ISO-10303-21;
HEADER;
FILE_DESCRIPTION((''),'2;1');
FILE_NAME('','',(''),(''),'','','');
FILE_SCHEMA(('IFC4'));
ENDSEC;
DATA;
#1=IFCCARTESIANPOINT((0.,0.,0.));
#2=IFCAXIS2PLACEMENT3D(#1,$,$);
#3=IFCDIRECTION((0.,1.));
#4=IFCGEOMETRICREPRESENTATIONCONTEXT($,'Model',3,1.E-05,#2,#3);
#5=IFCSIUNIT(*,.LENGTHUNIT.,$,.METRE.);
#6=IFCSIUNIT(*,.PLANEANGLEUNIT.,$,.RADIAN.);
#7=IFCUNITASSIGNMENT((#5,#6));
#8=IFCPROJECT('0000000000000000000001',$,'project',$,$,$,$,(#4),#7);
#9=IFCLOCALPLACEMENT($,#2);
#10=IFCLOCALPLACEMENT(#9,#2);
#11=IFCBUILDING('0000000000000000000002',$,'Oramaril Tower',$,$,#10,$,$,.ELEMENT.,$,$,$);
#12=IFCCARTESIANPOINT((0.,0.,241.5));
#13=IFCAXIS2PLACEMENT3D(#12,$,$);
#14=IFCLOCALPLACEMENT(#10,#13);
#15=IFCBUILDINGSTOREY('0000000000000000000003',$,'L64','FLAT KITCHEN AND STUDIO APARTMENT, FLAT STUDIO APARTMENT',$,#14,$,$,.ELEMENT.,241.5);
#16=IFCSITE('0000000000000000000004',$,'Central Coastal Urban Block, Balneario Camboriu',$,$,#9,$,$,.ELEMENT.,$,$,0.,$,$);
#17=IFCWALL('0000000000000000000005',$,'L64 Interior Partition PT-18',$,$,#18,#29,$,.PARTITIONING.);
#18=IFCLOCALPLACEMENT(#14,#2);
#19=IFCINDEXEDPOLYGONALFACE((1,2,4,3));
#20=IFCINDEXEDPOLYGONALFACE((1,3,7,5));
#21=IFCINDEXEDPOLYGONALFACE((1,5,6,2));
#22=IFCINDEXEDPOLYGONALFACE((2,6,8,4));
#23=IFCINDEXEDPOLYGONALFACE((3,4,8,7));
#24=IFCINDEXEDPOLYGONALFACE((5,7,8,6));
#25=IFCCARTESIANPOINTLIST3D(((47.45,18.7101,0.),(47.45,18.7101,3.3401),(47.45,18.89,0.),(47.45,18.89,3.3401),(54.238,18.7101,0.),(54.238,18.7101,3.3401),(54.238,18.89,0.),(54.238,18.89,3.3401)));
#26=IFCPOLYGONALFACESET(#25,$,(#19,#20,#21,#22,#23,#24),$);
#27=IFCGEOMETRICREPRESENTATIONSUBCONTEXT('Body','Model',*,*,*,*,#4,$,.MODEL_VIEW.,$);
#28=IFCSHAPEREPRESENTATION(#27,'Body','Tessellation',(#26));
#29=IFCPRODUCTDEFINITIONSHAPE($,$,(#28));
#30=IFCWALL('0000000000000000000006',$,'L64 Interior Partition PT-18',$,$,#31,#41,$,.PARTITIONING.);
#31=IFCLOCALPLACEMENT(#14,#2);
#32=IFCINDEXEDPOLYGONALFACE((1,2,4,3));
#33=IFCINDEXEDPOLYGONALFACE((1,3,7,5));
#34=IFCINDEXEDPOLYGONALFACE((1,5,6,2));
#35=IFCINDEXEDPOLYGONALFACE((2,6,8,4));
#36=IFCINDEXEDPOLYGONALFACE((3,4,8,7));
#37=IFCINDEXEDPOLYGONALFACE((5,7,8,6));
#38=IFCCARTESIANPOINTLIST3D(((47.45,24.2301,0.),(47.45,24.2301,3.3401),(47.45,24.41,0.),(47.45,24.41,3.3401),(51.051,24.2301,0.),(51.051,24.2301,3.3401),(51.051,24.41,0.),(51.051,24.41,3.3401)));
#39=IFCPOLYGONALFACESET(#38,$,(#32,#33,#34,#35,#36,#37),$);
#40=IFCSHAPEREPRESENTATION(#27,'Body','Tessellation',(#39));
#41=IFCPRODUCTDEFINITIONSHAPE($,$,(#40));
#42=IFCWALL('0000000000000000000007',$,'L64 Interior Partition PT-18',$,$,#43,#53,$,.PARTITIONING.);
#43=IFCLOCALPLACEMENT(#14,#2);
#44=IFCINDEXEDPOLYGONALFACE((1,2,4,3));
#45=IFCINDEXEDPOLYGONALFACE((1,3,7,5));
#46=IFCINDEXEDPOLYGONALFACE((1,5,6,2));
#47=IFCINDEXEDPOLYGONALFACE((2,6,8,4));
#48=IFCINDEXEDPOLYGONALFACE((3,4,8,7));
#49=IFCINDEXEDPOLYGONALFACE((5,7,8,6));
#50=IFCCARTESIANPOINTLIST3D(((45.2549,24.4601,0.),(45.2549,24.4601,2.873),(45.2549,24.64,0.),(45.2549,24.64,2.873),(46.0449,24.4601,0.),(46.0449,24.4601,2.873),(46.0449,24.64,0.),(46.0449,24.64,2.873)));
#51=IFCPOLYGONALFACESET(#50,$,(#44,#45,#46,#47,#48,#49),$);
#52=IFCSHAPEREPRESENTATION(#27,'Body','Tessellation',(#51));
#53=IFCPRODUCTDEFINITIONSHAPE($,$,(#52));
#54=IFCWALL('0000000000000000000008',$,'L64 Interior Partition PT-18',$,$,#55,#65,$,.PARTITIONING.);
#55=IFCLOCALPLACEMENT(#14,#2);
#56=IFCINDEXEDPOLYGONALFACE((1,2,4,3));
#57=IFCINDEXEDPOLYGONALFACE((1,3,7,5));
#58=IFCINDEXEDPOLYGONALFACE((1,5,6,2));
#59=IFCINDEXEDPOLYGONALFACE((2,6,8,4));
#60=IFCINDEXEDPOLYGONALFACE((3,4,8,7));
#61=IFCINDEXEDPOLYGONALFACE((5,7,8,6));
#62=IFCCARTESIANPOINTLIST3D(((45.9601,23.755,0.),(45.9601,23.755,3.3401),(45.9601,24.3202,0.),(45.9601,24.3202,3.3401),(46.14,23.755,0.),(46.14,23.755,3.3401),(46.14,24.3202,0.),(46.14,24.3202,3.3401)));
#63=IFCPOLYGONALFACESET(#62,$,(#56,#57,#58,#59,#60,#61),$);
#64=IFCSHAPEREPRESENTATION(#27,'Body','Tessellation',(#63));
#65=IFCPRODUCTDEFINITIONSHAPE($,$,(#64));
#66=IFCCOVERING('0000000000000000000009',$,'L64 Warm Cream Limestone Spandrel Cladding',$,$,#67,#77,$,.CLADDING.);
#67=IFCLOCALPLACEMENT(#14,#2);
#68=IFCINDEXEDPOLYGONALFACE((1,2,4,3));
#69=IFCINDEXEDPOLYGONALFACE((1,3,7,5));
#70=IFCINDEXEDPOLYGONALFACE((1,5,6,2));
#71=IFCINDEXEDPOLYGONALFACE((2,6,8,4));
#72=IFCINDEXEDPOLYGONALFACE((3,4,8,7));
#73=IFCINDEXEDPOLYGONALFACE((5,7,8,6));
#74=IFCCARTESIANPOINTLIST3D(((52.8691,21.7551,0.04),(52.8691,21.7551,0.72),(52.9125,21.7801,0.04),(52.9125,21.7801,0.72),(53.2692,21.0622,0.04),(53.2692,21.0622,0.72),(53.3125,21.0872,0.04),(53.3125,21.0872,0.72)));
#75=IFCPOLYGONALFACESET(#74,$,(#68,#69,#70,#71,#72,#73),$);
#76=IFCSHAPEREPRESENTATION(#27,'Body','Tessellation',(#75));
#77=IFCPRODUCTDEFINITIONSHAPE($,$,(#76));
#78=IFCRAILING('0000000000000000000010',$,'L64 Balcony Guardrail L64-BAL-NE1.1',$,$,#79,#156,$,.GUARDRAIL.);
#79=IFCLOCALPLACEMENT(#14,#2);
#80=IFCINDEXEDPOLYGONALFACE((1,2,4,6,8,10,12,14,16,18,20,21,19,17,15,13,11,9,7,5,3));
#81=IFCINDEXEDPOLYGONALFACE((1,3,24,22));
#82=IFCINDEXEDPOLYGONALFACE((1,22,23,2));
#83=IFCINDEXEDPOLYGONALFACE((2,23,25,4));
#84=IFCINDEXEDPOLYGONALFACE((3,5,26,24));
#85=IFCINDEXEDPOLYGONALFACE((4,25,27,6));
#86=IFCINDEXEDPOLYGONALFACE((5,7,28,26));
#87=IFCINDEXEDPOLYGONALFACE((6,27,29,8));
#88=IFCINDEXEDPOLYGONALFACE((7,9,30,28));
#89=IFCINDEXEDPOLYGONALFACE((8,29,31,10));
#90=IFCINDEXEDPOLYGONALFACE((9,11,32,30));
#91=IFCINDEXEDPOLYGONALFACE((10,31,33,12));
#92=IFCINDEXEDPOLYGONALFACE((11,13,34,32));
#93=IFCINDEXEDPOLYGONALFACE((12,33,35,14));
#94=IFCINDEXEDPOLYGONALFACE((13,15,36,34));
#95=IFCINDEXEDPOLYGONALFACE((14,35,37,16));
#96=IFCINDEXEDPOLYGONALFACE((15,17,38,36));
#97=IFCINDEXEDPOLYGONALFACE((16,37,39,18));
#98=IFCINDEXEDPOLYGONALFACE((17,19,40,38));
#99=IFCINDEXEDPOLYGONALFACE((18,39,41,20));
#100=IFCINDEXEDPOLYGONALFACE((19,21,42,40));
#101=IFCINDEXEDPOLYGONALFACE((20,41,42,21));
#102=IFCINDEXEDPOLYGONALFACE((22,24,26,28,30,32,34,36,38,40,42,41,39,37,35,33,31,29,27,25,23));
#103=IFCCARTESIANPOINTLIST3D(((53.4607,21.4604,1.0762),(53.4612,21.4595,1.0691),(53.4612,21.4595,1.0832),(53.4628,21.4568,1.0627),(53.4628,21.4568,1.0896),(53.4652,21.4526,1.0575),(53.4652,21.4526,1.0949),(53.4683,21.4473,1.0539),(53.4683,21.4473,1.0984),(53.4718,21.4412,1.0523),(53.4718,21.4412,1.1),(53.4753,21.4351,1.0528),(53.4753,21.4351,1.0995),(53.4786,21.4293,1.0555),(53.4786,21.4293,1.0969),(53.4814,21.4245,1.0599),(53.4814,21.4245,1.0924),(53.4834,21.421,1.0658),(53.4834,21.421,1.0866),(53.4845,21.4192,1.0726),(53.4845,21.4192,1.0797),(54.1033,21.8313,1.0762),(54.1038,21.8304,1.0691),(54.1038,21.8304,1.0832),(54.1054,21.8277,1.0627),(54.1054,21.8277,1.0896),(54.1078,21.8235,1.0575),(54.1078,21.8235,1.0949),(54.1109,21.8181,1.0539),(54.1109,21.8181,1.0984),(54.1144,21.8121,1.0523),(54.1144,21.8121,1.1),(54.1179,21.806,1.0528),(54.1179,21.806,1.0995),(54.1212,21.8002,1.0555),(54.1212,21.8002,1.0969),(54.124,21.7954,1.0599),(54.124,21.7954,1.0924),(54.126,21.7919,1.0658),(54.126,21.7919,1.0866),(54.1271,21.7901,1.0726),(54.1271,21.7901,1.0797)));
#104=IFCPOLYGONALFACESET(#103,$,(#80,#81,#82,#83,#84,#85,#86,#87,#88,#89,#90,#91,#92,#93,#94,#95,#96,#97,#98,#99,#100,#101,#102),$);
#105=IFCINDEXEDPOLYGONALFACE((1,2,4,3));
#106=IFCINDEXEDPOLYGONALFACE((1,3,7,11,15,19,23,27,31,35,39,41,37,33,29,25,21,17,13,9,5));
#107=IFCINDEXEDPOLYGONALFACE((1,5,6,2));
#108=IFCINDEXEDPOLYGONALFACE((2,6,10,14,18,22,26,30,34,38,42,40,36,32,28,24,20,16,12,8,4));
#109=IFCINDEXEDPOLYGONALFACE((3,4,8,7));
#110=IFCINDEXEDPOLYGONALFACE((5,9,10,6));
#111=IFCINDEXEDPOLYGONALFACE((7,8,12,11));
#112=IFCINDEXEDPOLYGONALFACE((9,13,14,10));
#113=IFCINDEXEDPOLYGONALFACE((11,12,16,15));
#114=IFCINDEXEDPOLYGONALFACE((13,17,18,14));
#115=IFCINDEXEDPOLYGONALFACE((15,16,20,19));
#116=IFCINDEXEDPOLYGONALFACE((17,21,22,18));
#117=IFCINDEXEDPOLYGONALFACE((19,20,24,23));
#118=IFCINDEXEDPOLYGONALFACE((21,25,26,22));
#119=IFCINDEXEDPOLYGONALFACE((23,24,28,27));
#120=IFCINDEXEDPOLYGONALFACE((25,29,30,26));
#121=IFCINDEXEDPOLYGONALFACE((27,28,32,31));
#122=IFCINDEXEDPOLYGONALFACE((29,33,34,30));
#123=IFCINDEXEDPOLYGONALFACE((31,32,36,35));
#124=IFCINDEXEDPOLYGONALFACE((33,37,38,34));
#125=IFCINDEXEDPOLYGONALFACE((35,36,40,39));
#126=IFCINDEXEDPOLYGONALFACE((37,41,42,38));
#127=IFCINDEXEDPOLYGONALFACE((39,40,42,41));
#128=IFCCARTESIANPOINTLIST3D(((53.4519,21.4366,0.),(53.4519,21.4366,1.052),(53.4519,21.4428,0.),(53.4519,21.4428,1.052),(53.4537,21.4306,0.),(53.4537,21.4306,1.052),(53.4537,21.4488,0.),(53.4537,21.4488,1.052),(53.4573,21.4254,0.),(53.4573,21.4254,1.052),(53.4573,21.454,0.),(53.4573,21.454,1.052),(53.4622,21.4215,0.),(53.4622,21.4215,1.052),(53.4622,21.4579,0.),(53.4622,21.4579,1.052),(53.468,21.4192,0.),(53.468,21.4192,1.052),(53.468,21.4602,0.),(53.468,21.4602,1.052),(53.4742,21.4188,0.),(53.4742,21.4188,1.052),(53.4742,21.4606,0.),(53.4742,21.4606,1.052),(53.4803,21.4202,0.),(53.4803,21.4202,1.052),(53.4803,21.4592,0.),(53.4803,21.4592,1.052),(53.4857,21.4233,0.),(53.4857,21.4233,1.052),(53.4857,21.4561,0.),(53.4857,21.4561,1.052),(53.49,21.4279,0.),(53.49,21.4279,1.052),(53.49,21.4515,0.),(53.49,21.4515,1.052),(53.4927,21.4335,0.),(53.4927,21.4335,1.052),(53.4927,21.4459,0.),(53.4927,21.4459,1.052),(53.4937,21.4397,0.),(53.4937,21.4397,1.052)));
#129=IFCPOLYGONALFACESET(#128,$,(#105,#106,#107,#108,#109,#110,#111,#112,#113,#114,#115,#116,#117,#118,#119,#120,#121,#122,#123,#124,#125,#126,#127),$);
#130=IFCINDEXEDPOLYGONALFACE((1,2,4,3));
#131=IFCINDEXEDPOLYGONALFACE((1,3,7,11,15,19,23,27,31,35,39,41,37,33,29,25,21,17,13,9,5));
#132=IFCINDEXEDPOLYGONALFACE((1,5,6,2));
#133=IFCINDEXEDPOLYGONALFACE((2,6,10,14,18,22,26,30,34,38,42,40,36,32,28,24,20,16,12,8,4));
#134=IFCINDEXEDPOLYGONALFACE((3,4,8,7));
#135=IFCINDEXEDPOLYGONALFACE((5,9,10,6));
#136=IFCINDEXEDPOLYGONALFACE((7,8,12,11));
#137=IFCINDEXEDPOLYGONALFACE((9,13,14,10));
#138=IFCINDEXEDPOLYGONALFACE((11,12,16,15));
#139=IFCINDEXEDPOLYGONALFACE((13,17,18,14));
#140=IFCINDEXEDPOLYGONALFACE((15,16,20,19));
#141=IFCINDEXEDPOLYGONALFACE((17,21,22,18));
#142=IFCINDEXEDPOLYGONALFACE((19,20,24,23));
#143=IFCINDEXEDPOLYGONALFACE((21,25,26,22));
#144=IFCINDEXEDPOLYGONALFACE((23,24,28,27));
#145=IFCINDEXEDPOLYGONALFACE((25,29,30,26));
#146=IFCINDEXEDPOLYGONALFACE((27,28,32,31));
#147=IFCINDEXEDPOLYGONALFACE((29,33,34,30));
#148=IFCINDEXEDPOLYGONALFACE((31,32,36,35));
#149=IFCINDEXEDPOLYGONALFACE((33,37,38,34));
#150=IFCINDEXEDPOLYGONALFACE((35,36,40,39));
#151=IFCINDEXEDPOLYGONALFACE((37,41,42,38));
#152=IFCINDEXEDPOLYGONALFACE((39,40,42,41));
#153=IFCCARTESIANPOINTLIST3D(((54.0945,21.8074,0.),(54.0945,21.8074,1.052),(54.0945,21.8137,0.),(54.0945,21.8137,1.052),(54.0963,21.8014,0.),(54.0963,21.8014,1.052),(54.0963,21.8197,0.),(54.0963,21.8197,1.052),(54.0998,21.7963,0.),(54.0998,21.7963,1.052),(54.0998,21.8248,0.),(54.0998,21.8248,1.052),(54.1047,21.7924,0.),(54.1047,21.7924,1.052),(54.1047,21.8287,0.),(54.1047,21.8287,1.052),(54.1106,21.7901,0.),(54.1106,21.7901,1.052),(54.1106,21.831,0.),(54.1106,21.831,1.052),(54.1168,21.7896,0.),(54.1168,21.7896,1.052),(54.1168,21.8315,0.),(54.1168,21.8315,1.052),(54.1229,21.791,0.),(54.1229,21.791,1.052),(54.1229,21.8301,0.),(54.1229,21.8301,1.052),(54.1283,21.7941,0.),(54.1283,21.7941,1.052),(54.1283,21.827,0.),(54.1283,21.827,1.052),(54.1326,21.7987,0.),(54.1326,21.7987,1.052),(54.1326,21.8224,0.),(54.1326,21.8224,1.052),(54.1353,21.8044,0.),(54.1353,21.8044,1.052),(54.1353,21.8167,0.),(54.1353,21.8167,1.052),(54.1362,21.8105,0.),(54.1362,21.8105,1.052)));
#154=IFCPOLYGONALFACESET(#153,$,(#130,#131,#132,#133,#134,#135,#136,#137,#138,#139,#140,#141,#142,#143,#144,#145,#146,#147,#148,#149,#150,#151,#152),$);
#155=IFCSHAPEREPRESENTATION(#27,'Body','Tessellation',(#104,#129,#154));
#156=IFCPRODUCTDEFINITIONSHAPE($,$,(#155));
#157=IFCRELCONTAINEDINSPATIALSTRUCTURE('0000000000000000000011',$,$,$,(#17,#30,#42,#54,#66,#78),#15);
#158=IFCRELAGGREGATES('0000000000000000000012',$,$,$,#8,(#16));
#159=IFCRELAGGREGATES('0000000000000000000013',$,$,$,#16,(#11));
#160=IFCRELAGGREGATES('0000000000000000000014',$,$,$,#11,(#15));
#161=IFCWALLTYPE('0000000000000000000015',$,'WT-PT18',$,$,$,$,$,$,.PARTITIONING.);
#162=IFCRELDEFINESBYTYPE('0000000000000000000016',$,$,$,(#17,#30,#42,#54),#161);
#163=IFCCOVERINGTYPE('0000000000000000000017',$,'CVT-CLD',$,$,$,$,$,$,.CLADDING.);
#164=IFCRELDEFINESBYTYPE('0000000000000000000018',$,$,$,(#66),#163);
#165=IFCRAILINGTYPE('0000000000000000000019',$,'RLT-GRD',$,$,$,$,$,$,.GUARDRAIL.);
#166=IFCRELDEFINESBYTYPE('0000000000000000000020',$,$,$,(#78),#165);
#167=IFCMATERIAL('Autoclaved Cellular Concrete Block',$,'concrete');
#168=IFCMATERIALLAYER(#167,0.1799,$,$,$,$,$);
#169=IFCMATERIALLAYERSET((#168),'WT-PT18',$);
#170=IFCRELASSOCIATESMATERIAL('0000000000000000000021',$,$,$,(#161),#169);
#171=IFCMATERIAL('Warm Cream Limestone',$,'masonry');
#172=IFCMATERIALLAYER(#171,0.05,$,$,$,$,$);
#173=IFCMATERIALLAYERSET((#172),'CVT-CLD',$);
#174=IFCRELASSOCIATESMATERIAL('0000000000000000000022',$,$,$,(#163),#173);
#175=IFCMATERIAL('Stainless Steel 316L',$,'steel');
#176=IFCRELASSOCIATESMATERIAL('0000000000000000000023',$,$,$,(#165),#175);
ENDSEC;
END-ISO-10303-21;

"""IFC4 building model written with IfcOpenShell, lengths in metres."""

from ifc_helpers import new_model, si_unit, direction, frame, frame_2d, origin, origin_2d, place, context, subcontext, project, spatial, rectangle, circle, extrude, material, layer, layer_set, type_object, element, save


model = new_model("IFC4")

# Units and contexts
model_context = context("Model", 3, precision=1e-05, world=origin(), true_north=direction((0.0, 1.0)))
body_context = subcontext(model_context, "Body", "Model", "MODEL_VIEW")
ifc_project = project(units=[si_unit("LENGTHUNIT", "METRE"), si_unit("PLANEANGLEUNIT", "RADIAN")], contexts=[model_context])

# Site, building, storey
site_placement = place(None, origin())
site = spatial("IfcSite", under=ifc_project, at=site_placement, Name="Central Coastal Urban Block, Balneario Camboriu", CompositionType="ELEMENT", RefElevation=0.0)
building_placement = place(site_placement, origin())
building = spatial("IfcBuilding", under=site, at=building_placement, Name="Oramaril Tower", CompositionType="ELEMENT")
storey_placement = place(building_placement, frame((0.0, 0.0, 241.5)))
storey = spatial("IfcBuildingStorey", under=building, at=storey_placement, Name="L64", Description="FLAT KITCHEN AND STUDIO APARTMENT, FLAT STUDIO APARTMENT", CompositionType="ELEMENT", Elevation=241.5)

# Walls
ifc_material_1 = material(Name="Autoclaved Cellular Concrete Block", Category="concrete")
ifc_layer_1 = layer(ifc_material_1, 0.1799)
ifc_layer_set_1 = layer_set([ifc_layer_1], Name="WT-PT18")
wall_type_1 = type_object("IfcWallType", Name="WT-PT18", PredefinedType="PARTITIONING", material=ifc_layer_set_1)
wall_1_placement = place(storey_placement, frame((47.45, 18.8, 0.0), z_axis=(0.0, 0.0, 1.0), x_axis=(1.0, 0.0, 0.0)))
element("IfcWall", 1, at=wall_1_placement, inside=storey, type_object=wall_type_1, Name="L64 Interior Partition PT-18", PredefinedType="PARTITIONING", context=body_context, shape_type="SweptSolid", body=[
    extrude(rectangle(XDim=6.7881, YDim=0.1799, at=frame_2d((3.394, 0.0))), origin(), (0.0, 0.0, 1.0), 3.3401),
])
wall_2_placement = place(storey_placement, frame((47.45, 24.3201, 0.0), z_axis=(0.0, 0.0, 1.0), x_axis=(1.0, 0.0, 0.0)))
element("IfcWall", 2, at=wall_2_placement, inside=storey, type_object=wall_type_1, Name="L64 Interior Partition PT-18", PredefinedType="PARTITIONING", context=body_context, shape_type="SweptSolid", body=[
    extrude(rectangle(XDim=3.6011, YDim=0.1799, at=frame_2d((1.8005, 0.0))), origin(), (0.0, 0.0, 1.0), 3.3401),
])
wall_3_placement = place(storey_placement, frame((45.2549, 24.55, 0.0), z_axis=(0.0, 0.0, 1.0), x_axis=(1.0, 0.0, 0.0)))
element("IfcWall", 3, at=wall_3_placement, inside=storey, type_object=wall_type_1, Name="L64 Interior Partition PT-18", PredefinedType="PARTITIONING", context=body_context, shape_type="SweptSolid", body=[
    extrude(rectangle(XDim=0.79, YDim=0.1799, at=frame_2d((0.395, 0.0))), origin(), (0.0, 0.0, 1.0), 2.873),
])
wall_4_placement = place(storey_placement, frame((46.05, 23.7549, 0.0), z_axis=(0.0, 0.0, 1.0), x_axis=(0.0, 1.0, 0.0)))
element("IfcWall", 4, at=wall_4_placement, inside=storey, type_object=wall_type_1, Name="L64 Interior Partition PT-18", PredefinedType="PARTITIONING", context=body_context, shape_type="SweptSolid", body=[
    extrude(rectangle(XDim=0.5652, YDim=0.1799, at=frame_2d((0.2827, 0.0))), origin(), (0.0, 0.0, 1.0), 3.3401),
])

# Covering
ifc_material_2 = material(Name="Warm Cream Limestone", Category="masonry")
ifc_layer_2 = layer(ifc_material_2, 0.05)
ifc_layer_set_2 = layer_set([ifc_layer_2], Name="CVT-CLD")
covering_type = type_object("IfcCoveringType", Name="CVT-CLD", PredefinedType="CLADDING", material=ifc_layer_set_2)
covering_placement = place(storey_placement, frame((53.0908, 21.4211, 0.04), z_axis=(0.0, 0.0, 1.0), x_axis=(-0.499998, 0.866026, 0.0)))
element("IfcCovering", 5, at=covering_placement, inside=storey, type_object=covering_type, Name="L64 Warm Cream Limestone Spandrel Cladding", PredefinedType="CLADDING", context=body_context, shape_type="SweptSolid", body=[
    extrude(rectangle(XDim=0.8, YDim=0.05, at=origin_2d()), origin(), (0.0, 0.0, 1.0), 0.6799),
])

# Railing
ifc_material_3 = material(Name="Stainless Steel 316L", Category="steel")
railing_type = type_object("IfcRailingType", Name="RLT-GRD", PredefinedType="GUARDRAIL", material=ifc_material_3)
railing_1_placement = place(storey_placement, frame((53.4727, 21.4397, 0.0)))
element("IfcRailing", 6, at=railing_1_placement, inside=storey, type_object=railing_type, Name="L64 Balcony Guardrail L64-BAL-NE1.1", PredefinedType="GUARDRAIL", context=body_context, shape_type="SweptSolid", body=[
    extrude(circle(Radius=0.0239, at=origin_2d()), frame((0.0, 0.0, 1.0762), z_axis=(0.866109, 0.499855, 0.0), x_axis=(-0.499855, 0.866109, 0.0)), (0.0, 0.0, 1.0), 0.7419),
    extrude(circle(Radius=0.021, at=origin_2d()), origin(), (0.0, 0.0, 1.0), 1.052),
    extrude(circle(Radius=0.021, at=origin_2d()), frame((0.6426, 0.3708, 0.0)), (0.0, 0.0, 1.0), 1.052),
])

save(model, "model.ifc")
